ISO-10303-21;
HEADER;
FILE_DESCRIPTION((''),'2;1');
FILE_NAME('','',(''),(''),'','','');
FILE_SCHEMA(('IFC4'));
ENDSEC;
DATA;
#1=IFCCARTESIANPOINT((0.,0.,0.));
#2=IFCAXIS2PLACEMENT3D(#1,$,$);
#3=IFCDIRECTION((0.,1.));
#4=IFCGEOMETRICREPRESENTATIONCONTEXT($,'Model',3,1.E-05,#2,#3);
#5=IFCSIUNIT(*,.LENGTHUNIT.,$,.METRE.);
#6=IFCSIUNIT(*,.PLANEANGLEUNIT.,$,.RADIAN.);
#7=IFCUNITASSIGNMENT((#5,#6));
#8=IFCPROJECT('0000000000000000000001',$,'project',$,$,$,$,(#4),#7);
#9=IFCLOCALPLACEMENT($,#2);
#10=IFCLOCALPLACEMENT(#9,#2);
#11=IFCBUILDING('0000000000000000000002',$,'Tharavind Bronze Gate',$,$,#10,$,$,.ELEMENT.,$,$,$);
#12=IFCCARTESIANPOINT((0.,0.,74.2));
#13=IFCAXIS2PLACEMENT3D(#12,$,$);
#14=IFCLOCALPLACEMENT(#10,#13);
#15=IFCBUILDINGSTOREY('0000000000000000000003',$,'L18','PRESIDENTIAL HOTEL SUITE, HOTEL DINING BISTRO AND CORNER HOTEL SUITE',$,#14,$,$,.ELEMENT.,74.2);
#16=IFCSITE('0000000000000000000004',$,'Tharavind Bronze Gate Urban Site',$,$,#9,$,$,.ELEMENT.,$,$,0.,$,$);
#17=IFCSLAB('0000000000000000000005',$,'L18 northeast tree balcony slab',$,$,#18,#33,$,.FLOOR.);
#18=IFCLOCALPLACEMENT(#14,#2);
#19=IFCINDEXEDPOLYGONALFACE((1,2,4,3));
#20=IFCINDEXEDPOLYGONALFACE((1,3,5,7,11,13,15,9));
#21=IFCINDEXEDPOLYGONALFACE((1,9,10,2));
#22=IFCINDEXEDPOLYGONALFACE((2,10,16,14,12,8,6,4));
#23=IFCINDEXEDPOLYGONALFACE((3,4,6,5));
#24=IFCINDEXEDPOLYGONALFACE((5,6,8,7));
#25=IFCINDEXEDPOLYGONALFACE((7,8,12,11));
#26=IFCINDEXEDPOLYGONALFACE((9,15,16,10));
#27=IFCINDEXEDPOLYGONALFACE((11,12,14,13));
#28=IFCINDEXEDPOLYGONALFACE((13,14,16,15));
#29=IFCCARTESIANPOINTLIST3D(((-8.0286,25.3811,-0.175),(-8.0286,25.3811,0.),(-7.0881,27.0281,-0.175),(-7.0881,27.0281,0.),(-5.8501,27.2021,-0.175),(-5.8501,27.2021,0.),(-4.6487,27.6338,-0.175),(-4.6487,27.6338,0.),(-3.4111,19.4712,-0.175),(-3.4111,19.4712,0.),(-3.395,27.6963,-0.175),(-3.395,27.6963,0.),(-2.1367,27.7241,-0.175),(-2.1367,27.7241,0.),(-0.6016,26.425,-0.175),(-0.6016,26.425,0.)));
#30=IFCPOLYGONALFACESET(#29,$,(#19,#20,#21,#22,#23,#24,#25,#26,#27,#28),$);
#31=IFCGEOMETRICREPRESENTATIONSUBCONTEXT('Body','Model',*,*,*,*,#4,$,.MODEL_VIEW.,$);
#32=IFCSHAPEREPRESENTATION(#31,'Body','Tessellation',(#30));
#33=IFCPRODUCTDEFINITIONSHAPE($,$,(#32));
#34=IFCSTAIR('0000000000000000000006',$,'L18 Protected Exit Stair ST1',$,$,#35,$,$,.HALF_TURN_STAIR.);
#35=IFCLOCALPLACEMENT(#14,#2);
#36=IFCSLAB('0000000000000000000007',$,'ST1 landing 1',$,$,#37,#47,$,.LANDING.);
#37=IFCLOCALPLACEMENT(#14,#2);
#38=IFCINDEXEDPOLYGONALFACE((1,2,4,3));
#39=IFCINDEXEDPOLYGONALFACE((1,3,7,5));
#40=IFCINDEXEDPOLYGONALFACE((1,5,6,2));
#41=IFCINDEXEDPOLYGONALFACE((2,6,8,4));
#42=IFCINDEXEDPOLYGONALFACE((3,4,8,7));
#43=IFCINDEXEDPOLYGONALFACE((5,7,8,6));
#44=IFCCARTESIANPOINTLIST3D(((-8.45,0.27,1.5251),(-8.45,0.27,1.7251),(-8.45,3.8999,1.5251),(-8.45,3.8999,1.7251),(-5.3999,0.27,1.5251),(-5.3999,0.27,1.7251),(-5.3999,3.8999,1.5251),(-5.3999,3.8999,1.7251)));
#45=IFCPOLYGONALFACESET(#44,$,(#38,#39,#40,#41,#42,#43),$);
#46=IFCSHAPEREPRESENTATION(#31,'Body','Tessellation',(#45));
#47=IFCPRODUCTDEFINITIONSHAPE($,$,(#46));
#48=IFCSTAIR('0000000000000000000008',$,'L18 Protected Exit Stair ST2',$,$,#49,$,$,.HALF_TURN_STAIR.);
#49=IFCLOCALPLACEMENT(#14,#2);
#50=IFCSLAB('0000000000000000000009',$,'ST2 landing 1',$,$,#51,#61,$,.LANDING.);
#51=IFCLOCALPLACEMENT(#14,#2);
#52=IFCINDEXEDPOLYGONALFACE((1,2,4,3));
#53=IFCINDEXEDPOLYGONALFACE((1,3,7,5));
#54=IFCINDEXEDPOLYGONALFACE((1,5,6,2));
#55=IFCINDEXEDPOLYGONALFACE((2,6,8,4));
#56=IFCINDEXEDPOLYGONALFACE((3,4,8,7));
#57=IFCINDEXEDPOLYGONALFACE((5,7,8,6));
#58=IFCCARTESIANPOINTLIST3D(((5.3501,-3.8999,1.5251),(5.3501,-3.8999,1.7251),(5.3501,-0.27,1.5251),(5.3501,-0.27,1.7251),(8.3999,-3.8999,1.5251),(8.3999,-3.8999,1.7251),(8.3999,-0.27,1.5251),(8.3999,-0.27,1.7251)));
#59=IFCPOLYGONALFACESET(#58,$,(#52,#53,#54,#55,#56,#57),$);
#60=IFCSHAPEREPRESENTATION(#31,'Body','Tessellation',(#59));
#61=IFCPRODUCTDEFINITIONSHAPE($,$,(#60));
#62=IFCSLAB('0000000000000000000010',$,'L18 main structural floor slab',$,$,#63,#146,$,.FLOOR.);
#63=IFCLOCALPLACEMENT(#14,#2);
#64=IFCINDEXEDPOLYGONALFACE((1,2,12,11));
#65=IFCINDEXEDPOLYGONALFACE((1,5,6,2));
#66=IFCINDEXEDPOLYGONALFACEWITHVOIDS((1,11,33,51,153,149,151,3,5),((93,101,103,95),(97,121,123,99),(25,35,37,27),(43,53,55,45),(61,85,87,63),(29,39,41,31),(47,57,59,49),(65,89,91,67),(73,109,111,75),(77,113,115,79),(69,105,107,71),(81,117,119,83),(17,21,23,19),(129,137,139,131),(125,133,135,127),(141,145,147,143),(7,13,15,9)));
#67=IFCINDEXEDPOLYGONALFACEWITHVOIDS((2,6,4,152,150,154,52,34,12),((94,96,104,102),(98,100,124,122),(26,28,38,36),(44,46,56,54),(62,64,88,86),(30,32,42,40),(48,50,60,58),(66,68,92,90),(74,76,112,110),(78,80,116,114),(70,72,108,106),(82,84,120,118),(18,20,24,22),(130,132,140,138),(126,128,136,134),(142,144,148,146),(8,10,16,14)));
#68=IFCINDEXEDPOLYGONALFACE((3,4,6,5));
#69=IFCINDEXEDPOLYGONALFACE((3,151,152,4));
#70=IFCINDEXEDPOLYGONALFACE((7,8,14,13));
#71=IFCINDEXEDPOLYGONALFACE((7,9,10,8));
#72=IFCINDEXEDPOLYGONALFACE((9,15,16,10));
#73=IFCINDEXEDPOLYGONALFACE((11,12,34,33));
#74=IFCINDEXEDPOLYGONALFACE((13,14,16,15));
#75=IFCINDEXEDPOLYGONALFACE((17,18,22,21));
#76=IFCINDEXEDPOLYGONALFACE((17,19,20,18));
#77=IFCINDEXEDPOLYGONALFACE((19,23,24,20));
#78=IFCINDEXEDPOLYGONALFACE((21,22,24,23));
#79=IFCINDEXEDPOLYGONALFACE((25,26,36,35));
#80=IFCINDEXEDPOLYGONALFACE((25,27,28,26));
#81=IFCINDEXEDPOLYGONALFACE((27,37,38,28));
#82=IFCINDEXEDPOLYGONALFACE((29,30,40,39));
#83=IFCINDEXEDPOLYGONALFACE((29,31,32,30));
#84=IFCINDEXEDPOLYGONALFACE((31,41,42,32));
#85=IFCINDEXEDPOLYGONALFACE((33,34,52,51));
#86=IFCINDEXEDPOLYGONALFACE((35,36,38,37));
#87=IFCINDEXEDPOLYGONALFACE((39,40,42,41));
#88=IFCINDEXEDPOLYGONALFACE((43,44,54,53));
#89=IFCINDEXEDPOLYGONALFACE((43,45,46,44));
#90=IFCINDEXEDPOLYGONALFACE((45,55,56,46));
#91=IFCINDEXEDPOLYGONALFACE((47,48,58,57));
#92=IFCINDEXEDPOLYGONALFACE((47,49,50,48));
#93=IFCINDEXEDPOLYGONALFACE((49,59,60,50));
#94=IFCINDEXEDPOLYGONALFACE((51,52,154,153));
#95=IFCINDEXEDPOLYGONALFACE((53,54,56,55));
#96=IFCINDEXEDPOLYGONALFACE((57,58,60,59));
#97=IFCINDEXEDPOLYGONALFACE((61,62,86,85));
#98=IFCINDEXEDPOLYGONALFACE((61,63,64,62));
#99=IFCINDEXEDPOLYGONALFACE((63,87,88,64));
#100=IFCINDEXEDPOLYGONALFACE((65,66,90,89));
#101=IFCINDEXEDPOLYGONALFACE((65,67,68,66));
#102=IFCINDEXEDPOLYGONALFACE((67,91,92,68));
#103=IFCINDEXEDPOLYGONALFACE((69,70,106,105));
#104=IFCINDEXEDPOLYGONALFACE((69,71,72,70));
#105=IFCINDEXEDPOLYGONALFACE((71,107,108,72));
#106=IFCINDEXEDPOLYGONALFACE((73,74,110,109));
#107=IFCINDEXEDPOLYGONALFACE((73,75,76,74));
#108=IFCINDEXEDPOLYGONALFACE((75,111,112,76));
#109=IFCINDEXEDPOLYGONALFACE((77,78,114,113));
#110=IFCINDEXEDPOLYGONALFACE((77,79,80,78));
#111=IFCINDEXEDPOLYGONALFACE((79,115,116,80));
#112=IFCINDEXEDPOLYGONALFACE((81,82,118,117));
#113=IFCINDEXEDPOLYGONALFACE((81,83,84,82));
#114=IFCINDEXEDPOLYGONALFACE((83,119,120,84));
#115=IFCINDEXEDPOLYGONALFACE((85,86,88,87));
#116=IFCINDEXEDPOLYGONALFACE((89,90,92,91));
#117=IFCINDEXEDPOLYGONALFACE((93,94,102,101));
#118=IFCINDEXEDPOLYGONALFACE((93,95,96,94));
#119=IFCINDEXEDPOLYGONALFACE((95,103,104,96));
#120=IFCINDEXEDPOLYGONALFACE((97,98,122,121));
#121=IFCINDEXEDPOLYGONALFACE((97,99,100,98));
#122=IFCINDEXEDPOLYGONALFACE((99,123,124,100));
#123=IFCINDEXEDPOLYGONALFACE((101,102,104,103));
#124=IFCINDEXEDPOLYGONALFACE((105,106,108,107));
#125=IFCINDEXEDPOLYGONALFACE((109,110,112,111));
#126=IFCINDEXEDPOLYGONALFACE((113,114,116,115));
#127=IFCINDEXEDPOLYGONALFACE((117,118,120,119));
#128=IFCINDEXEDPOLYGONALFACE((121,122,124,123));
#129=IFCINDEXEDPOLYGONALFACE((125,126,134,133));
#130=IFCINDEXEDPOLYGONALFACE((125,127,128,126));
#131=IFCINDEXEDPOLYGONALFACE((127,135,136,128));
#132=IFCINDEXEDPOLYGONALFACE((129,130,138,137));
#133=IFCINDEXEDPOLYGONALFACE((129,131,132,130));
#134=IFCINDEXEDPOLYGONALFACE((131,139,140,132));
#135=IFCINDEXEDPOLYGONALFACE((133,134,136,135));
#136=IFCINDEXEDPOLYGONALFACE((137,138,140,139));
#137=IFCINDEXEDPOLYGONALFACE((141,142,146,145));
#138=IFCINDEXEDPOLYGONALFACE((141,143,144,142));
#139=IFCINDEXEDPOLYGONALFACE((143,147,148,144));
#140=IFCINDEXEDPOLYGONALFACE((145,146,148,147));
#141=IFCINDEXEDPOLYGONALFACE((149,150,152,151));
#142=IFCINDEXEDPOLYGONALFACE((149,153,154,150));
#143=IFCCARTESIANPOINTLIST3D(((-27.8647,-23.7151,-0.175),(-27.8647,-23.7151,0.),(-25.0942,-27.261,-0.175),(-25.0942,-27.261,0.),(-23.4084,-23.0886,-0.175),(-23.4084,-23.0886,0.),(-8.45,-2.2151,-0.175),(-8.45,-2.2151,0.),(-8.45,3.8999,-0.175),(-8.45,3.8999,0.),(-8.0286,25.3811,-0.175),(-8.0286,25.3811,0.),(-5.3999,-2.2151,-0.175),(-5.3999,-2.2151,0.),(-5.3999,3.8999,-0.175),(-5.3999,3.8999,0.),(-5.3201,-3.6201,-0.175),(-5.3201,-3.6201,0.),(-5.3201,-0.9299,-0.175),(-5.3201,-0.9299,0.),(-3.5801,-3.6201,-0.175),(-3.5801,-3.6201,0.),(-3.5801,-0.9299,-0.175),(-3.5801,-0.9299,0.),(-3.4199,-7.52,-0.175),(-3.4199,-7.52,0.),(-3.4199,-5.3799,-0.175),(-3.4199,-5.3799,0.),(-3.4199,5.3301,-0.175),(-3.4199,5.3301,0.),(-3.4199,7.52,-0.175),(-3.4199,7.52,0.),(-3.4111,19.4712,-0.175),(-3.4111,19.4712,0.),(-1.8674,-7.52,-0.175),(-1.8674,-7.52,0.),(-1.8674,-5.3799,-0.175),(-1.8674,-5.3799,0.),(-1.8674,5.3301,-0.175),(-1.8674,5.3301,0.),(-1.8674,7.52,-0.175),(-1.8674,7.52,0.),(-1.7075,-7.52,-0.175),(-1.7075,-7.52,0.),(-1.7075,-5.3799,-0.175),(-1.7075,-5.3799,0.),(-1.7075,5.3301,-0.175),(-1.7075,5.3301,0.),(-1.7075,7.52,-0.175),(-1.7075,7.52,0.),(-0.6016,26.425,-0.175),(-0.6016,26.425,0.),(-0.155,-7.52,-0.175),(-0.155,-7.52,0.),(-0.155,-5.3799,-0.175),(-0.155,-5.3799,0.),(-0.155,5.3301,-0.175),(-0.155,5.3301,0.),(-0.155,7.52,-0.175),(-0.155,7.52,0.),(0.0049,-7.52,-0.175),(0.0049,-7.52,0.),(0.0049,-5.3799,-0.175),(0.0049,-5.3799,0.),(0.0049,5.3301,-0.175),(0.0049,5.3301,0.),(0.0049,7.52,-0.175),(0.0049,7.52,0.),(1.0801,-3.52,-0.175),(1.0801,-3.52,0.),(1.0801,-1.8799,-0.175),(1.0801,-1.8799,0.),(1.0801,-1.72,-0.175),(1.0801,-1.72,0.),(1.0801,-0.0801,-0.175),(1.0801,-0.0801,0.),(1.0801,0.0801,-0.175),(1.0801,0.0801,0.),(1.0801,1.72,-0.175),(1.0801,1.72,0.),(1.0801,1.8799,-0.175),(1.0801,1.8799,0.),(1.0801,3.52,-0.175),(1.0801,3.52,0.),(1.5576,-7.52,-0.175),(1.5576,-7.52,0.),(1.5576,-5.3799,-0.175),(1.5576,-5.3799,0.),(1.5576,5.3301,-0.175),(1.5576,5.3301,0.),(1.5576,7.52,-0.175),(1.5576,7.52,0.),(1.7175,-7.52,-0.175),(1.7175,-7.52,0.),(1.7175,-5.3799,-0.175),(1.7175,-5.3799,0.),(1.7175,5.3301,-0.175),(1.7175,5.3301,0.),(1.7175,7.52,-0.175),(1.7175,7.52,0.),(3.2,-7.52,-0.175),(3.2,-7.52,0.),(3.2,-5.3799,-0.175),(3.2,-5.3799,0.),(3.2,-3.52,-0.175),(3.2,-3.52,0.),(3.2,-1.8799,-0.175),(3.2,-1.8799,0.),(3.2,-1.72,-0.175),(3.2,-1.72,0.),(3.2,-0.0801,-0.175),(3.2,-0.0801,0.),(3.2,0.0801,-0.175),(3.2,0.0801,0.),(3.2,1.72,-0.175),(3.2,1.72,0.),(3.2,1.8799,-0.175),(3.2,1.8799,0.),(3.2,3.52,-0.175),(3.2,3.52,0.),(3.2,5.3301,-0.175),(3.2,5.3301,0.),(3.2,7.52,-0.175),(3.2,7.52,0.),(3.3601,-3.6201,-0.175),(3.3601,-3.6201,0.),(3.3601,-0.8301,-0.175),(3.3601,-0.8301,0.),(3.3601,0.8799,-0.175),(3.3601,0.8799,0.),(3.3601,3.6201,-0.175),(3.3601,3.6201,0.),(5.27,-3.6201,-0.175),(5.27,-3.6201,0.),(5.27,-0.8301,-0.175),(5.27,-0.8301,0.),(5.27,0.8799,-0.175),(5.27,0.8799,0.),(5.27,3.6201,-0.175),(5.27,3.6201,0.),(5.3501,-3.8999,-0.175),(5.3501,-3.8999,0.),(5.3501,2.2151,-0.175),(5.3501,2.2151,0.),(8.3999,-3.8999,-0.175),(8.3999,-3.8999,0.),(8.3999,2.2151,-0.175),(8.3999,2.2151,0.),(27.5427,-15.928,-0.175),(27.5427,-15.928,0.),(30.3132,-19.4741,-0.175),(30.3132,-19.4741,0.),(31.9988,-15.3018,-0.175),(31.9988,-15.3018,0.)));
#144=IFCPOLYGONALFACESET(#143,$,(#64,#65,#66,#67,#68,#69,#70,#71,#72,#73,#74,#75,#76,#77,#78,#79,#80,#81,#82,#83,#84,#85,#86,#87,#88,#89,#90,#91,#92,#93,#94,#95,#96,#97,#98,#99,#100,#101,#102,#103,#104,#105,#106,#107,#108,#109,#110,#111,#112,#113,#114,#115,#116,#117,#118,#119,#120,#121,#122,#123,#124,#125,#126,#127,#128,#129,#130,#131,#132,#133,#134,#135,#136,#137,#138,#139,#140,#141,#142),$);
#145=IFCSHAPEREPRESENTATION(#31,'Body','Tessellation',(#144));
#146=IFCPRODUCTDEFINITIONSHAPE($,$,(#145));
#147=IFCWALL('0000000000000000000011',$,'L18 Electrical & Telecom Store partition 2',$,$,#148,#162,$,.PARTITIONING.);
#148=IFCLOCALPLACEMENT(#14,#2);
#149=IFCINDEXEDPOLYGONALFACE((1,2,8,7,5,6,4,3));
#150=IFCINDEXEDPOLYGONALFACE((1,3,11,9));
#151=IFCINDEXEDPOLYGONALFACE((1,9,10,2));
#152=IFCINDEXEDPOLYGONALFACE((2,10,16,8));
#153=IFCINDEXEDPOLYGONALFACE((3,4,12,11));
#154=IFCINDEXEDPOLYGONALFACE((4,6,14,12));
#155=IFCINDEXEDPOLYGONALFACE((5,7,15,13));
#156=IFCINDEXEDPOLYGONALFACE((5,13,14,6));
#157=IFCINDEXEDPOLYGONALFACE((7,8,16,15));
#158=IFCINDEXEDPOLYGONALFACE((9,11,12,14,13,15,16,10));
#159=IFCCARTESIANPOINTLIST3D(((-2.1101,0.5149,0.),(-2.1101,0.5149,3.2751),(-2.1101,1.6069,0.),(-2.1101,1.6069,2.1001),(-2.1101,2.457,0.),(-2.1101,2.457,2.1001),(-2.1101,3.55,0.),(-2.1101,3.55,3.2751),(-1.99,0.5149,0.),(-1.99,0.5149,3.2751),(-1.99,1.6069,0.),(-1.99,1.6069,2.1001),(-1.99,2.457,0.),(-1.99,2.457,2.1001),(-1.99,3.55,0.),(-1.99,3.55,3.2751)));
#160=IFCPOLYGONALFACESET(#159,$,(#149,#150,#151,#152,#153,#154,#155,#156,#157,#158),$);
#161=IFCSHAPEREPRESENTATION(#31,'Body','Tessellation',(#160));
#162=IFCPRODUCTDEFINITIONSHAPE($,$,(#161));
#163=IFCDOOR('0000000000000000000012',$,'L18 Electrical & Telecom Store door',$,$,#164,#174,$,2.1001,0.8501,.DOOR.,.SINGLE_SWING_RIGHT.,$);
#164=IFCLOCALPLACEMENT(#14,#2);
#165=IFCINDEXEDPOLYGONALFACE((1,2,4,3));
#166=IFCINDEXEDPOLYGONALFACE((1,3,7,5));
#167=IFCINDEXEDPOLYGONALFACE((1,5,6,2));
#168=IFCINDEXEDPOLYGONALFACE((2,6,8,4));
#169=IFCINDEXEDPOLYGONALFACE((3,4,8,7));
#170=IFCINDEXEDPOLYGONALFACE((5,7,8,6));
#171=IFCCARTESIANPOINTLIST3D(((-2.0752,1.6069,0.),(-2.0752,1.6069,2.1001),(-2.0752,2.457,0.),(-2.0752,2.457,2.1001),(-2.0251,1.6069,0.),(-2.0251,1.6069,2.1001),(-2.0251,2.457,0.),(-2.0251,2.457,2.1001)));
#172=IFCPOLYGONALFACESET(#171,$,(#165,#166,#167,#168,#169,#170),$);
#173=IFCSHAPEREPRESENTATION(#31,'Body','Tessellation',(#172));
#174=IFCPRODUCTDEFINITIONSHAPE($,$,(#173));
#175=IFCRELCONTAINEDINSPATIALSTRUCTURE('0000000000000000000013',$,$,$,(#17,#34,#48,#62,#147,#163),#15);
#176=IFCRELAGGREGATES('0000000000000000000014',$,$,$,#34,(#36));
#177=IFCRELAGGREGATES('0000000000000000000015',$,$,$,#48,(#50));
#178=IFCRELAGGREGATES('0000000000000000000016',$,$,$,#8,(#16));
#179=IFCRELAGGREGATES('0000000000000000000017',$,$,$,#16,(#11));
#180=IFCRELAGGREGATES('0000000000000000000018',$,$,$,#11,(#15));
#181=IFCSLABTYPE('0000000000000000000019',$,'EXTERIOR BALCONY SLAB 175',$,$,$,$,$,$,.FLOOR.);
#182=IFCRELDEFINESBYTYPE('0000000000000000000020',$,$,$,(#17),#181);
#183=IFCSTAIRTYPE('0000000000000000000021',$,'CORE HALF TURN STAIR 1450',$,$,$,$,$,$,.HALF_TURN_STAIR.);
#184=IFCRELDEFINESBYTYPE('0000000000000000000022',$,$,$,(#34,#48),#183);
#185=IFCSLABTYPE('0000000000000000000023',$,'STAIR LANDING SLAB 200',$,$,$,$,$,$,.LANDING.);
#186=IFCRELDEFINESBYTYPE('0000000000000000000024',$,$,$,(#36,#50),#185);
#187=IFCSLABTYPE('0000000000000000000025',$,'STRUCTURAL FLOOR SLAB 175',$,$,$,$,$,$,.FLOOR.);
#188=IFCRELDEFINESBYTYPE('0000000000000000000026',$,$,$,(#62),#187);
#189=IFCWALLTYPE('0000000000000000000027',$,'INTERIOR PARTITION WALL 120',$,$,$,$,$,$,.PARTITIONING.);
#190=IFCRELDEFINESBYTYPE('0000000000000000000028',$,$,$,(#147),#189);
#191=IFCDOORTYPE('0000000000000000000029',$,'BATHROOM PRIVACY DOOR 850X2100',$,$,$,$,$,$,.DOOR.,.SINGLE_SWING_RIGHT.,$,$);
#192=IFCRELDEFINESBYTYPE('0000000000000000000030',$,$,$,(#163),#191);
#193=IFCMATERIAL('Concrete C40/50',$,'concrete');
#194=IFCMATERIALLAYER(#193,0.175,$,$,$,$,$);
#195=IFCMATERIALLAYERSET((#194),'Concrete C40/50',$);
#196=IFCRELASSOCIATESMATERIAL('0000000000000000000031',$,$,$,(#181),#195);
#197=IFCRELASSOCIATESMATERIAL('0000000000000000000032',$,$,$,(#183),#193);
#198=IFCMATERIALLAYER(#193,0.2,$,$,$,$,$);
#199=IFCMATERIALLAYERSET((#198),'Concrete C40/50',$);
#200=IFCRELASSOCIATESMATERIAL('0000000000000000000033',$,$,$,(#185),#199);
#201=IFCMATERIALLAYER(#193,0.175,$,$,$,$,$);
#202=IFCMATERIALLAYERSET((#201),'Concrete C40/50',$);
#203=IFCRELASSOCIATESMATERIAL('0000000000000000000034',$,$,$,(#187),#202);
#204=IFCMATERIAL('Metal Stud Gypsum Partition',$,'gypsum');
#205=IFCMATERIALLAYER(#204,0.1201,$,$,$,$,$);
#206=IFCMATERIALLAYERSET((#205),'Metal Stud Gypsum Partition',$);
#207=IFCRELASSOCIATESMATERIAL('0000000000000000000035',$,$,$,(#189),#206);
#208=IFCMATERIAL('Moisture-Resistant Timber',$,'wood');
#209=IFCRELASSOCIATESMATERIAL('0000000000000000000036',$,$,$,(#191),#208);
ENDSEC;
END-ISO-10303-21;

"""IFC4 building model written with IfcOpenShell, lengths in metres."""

from ifc_helpers import new_model, si_unit, direction, frame, frame_2d, origin, place, context, subcontext, project, spatial, polyline, rectangle, outline, extrude, material, layer, layer_set, type_object, element, fill, aggregate, save


model = new_model("IFC4")

# Units and contexts
model_context = context("Model", 3, precision=1e-05, world=origin(), true_north=direction((0.0, 1.0)))
body_context = subcontext(model_context, "Body", "Model", "MODEL_VIEW")
ifc_project = project(units=[si_unit("LENGTHUNIT", "METRE"), si_unit("PLANEANGLEUNIT", "RADIAN")], contexts=[model_context])

# Site, building, storey
site_placement = place(None, origin())
site = spatial("IfcSite", under=ifc_project, at=site_placement, Name="Tharavind Bronze Gate Urban Site", CompositionType="ELEMENT", RefElevation=0.0)
building_placement = place(site_placement, origin())
building = spatial("IfcBuilding", under=site, at=building_placement, Name="Tharavind Bronze Gate", CompositionType="ELEMENT")
storey_placement = place(building_placement, frame((0.0, 0.0, 74.2)))
storey = spatial("IfcBuildingStorey", under=building, at=storey_placement, Name="L18", Description="PRESIDENTIAL HOTEL SUITE, HOTEL DINING BISTRO AND CORNER HOTEL SUITE", CompositionType="ELEMENT", Elevation=74.2)

# Slab
ifc_material_1 = material(Name="Concrete C40/50", Category="concrete")
ifc_layer_1 = layer(ifc_material_1, 0.175)
ifc_layer_set_1 = layer_set([ifc_layer_1], Name="Concrete C40/50")
slab_type_1 = type_object("IfcSlabType", Name="EXTERIOR BALCONY SLAB 175", PredefinedType="FLOOR", material=ifc_layer_set_1)
slab_1_placement = place(storey_placement, frame((0.0, 0.0, -0.175)))
element("IfcSlab", 1, at=slab_1_placement, inside=storey, type_object=slab_type_1, Name="L18 northeast tree balcony slab", PredefinedType="FLOOR", context=body_context, shape_type="SweptSolid", body=[
    extrude(outline(polyline([(-2.1367, 27.7241), (-3.395, 27.6963), (-4.6487, 27.6338), (-5.8501, 27.2021), (-7.0881, 27.0281), (-8.0286, 25.3811), (-3.4111, 19.4712), (-0.6016, 26.425), (-2.1367, 27.7241)])), origin(), (0.0, 0.0, 1.0), 0.175),
])

# Stairs, slabs
stair_type = type_object("IfcStairType", Name="CORE HALF TURN STAIR 1450", PredefinedType="HALF_TURN_STAIR", material=ifc_material_1)
stair_1_placement = place(storey_placement, origin())
stair_1 = element("IfcStair", 2, at=stair_1_placement, inside=storey, type_object=stair_type, Name="L18 Protected Exit Stair ST1", PredefinedType="HALF_TURN_STAIR")
ifc_layer_2 = layer(ifc_material_1, 0.2)
ifc_layer_set_2 = layer_set([ifc_layer_2], Name="Concrete C40/50")
slab_type_2 = type_object("IfcSlabType", Name="STAIR LANDING SLAB 200", PredefinedType="LANDING", material=ifc_layer_set_2)
slab_2_placement = place(storey_placement, frame((0.0, 0.0, 1.5251)))
slab_2 = element("IfcSlab", 3, at=slab_2_placement, type_object=slab_type_2, Name="ST1 landing 1", PredefinedType="LANDING", context=body_context, shape_type="SweptSolid", body=[
    extrude(outline(polyline([(-5.3999, 0.27), (-5.3999, 3.8999), (-8.45, 3.8999), (-8.45, 0.27), (-5.3999, 0.27)])), origin(), (0.0, 0.0, 1.0), 0.2),
])
aggregate(stair_1, [slab_2])
stair_2_placement = place(storey_placement, origin())
stair_2 = element("IfcStair", 4, at=stair_2_placement, inside=storey, type_object=stair_type, Name="L18 Protected Exit Stair ST2", PredefinedType="HALF_TURN_STAIR")
slab_3_placement = place(storey_placement, frame((0.0, 0.0, 1.5251)))
slab_3 = element("IfcSlab", 5, at=slab_3_placement, type_object=slab_type_2, Name="ST2 landing 1", PredefinedType="LANDING", context=body_context, shape_type="SweptSolid", body=[
    extrude(outline(polyline([(5.3501, -0.27), (5.3501, -3.8999), (8.3999, -3.8999), (8.3999, -0.27), (5.3501, -0.27)])), origin(), (0.0, 0.0, 1.0), 0.2),
])
aggregate(stair_2, [slab_3])

# Slab
ifc_layer_3 = layer(ifc_material_1, 0.175)
ifc_layer_set_3 = layer_set([ifc_layer_3], Name="Concrete C40/50")
slab_type_3 = type_object("IfcSlabType", Name="STRUCTURAL FLOOR SLAB 175", PredefinedType="FLOOR", material=ifc_layer_set_3)
slab_4_placement = place(storey_placement, frame((0.0, 0.0, -0.175)))
element("IfcSlab", 6, at=slab_4_placement, inside=storey, type_object=slab_type_3, Name="L18 main structural floor slab", PredefinedType="FLOOR", context=body_context, shape_type="SweptSolid", body=[
    extrude(outline(polyline([(-0.6016, 26.425), (-3.4111, 19.4712), (-8.0286, 25.3811), (-27.8647, -23.7151), (-23.4084, -23.0886), (-25.0942, -27.261), (30.3132, -19.4741), (27.5427, -15.928), (31.9988, -15.3018), (-0.6016, 26.425)]), holes=[polyline([(-5.3999, -2.2151), (-5.3999, 3.8999), (-8.45, 3.8999), (-8.45, -2.2151), (-5.3999, -2.2151)]), polyline([(5.3501, 2.2151), (5.3501, -3.8999), (8.3999, -3.8999), (8.3999, 2.2151), (5.3501, 2.2151)]), polyline([(-3.4199, -7.52), (-1.8674, -7.52), (-1.8674, -5.3799), (-3.4199, -5.3799), (-3.4199, -7.52)]), polyline([(-1.7075, -7.52), (-0.155, -7.52), (-0.155, -5.3799), (-1.7075, -5.3799), (-1.7075, -7.52)]), polyline([(0.0049, -7.52), (1.5576, -7.52), (1.5576, -5.3799), (0.0049, -5.3799), (0.0049, -7.52)]), polyline([(1.7175, -7.52), (3.2, -7.52), (3.2, -5.3799), (1.7175, -5.3799), (1.7175, -7.52)]), polyline([(-3.4199, 5.3301), (-1.8674, 5.3301), (-1.8674, 7.52), (-3.4199, 7.52), (-3.4199, 5.3301)]), polyline([(-1.7075, 5.3301), (-0.155, 5.3301), (-0.155, 7.52), (-1.7075, 7.52), (-1.7075, 5.3301)]), polyline([(0.0049, 5.3301), (1.5576, 5.3301), (1.5576, 7.52), (0.0049, 7.52), (0.0049, 5.3301)]), polyline([(1.7175, 5.3301), (3.2, 5.3301), (3.2, 7.52), (1.7175, 7.52), (1.7175, 5.3301)]), polyline([(1.0801, -3.52), (3.2, -3.52), (3.2, -1.8799), (1.0801, -1.8799), (1.0801, -3.52)]), polyline([(1.0801, -1.72), (3.2, -1.72), (3.2, -0.0801), (1.0801, -0.0801), (1.0801, -1.72)]), polyline([(1.0801, 0.0801), (3.2, 0.0801), (3.2, 1.72), (1.0801, 1.72), (1.0801, 0.0801)]), polyline([(1.0801, 1.8799), (3.2, 1.8799), (3.2, 3.52), (1.0801, 3.52), (1.0801, 1.8799)]), polyline([(-5.3201, -3.6201), (-3.5801, -3.6201), (-3.5801, -0.9299), (-5.3201, -0.9299), (-5.3201, -3.6201)]), polyline([(3.3601, 0.8799), (5.27, 0.8799), (5.27, 3.6201), (3.3601, 3.6201), (3.3601, 0.8799)]), polyline([(3.3601, -3.6201), (5.27, -3.6201), (5.27, -0.8301), (3.3601, -0.8301), (3.3601, -3.6201)])]), origin(), (0.0, 0.0, 1.0), 0.175),
])

# Wall, opening, door
ifc_material_2 = material(Name="Metal Stud Gypsum Partition", Category="gypsum")
ifc_layer_4 = layer(ifc_material_2, 0.1201)
ifc_layer_set_4 = layer_set([ifc_layer_4], Name="Metal Stud Gypsum Partition")
wall_type_1 = type_object("IfcWallType", Name="INTERIOR PARTITION WALL 120", PredefinedType="PARTITIONING", material=ifc_layer_set_4)
wall_1_placement = place(storey_placement, frame((-2.05, 0.5149, 0.0), z_axis=(0.0, 0.0, 1.0), x_axis=(0.0, 1.0, 0.0)))
wall_1 = element("IfcWall", 7, at=wall_1_placement, inside=storey, type_object=wall_type_1, Name="L18 Electrical & Telecom Store partition 2", PredefinedType="PARTITIONING", context=body_context, shape_type="SweptSolid", body=[
    extrude(rectangle(XDim=3.0352, YDim=0.1201, at=frame_2d((1.5176, 0.0))), origin(), (0.0, 0.0, 1.0), 3.2751),
])
opening_placement = place(wall_1_placement, frame((1.092, 0.0, 0.0)))
opening = element("IfcOpeningElement", 8, at=opening_placement, cuts=wall_1, PredefinedType="OPENING", context=body_context, shape_type="SweptSolid", body=[
    extrude(rectangle(XDim=0.8501, YDim=2.1001, at=frame_2d((0.425, 1.05))), frame((0.0, 0.0701, 0.0), z_axis=(0.0, -1.0, 0.0), x_axis=(1.0, 0.0, 0.0)), (0.0, 0.0, 1.0), 0.1401),
])
ifc_material_3 = material(Name="Moisture-Resistant Timber", Category="wood")
door_type = type_object("IfcDoorType", Name="BATHROOM PRIVACY DOOR 850X2100", OperationType="SINGLE_SWING_RIGHT", PredefinedType="DOOR", material=ifc_material_3)
door_placement = place(opening_placement, frame((0.8501, 0.0, 0.0), z_axis=(0.0, 0.0, 1.0), x_axis=(-1.0, 0.0, 0.0)))
door = element("IfcDoor", 9, at=door_placement, inside=storey, type_object=door_type, Name="L18 Electrical & Telecom Store door", OperationType="SINGLE_SWING_RIGHT", OverallHeight=2.1001, OverallWidth=0.8501, PredefinedType="DOOR", context=body_context, shape_type="SweptSolid", body=[
    extrude(rectangle(XDim=0.8501, YDim=2.1001, at=frame_2d((0.425, 1.05))), frame((0.0, 0.0249, 0.0), z_axis=(0.0, -1.0, 0.0), x_axis=(1.0, 0.0, 0.0)), (0.0, 0.0, 1.0), 0.05),
])
fill(opening, door)

save(model, "model.ifc")
